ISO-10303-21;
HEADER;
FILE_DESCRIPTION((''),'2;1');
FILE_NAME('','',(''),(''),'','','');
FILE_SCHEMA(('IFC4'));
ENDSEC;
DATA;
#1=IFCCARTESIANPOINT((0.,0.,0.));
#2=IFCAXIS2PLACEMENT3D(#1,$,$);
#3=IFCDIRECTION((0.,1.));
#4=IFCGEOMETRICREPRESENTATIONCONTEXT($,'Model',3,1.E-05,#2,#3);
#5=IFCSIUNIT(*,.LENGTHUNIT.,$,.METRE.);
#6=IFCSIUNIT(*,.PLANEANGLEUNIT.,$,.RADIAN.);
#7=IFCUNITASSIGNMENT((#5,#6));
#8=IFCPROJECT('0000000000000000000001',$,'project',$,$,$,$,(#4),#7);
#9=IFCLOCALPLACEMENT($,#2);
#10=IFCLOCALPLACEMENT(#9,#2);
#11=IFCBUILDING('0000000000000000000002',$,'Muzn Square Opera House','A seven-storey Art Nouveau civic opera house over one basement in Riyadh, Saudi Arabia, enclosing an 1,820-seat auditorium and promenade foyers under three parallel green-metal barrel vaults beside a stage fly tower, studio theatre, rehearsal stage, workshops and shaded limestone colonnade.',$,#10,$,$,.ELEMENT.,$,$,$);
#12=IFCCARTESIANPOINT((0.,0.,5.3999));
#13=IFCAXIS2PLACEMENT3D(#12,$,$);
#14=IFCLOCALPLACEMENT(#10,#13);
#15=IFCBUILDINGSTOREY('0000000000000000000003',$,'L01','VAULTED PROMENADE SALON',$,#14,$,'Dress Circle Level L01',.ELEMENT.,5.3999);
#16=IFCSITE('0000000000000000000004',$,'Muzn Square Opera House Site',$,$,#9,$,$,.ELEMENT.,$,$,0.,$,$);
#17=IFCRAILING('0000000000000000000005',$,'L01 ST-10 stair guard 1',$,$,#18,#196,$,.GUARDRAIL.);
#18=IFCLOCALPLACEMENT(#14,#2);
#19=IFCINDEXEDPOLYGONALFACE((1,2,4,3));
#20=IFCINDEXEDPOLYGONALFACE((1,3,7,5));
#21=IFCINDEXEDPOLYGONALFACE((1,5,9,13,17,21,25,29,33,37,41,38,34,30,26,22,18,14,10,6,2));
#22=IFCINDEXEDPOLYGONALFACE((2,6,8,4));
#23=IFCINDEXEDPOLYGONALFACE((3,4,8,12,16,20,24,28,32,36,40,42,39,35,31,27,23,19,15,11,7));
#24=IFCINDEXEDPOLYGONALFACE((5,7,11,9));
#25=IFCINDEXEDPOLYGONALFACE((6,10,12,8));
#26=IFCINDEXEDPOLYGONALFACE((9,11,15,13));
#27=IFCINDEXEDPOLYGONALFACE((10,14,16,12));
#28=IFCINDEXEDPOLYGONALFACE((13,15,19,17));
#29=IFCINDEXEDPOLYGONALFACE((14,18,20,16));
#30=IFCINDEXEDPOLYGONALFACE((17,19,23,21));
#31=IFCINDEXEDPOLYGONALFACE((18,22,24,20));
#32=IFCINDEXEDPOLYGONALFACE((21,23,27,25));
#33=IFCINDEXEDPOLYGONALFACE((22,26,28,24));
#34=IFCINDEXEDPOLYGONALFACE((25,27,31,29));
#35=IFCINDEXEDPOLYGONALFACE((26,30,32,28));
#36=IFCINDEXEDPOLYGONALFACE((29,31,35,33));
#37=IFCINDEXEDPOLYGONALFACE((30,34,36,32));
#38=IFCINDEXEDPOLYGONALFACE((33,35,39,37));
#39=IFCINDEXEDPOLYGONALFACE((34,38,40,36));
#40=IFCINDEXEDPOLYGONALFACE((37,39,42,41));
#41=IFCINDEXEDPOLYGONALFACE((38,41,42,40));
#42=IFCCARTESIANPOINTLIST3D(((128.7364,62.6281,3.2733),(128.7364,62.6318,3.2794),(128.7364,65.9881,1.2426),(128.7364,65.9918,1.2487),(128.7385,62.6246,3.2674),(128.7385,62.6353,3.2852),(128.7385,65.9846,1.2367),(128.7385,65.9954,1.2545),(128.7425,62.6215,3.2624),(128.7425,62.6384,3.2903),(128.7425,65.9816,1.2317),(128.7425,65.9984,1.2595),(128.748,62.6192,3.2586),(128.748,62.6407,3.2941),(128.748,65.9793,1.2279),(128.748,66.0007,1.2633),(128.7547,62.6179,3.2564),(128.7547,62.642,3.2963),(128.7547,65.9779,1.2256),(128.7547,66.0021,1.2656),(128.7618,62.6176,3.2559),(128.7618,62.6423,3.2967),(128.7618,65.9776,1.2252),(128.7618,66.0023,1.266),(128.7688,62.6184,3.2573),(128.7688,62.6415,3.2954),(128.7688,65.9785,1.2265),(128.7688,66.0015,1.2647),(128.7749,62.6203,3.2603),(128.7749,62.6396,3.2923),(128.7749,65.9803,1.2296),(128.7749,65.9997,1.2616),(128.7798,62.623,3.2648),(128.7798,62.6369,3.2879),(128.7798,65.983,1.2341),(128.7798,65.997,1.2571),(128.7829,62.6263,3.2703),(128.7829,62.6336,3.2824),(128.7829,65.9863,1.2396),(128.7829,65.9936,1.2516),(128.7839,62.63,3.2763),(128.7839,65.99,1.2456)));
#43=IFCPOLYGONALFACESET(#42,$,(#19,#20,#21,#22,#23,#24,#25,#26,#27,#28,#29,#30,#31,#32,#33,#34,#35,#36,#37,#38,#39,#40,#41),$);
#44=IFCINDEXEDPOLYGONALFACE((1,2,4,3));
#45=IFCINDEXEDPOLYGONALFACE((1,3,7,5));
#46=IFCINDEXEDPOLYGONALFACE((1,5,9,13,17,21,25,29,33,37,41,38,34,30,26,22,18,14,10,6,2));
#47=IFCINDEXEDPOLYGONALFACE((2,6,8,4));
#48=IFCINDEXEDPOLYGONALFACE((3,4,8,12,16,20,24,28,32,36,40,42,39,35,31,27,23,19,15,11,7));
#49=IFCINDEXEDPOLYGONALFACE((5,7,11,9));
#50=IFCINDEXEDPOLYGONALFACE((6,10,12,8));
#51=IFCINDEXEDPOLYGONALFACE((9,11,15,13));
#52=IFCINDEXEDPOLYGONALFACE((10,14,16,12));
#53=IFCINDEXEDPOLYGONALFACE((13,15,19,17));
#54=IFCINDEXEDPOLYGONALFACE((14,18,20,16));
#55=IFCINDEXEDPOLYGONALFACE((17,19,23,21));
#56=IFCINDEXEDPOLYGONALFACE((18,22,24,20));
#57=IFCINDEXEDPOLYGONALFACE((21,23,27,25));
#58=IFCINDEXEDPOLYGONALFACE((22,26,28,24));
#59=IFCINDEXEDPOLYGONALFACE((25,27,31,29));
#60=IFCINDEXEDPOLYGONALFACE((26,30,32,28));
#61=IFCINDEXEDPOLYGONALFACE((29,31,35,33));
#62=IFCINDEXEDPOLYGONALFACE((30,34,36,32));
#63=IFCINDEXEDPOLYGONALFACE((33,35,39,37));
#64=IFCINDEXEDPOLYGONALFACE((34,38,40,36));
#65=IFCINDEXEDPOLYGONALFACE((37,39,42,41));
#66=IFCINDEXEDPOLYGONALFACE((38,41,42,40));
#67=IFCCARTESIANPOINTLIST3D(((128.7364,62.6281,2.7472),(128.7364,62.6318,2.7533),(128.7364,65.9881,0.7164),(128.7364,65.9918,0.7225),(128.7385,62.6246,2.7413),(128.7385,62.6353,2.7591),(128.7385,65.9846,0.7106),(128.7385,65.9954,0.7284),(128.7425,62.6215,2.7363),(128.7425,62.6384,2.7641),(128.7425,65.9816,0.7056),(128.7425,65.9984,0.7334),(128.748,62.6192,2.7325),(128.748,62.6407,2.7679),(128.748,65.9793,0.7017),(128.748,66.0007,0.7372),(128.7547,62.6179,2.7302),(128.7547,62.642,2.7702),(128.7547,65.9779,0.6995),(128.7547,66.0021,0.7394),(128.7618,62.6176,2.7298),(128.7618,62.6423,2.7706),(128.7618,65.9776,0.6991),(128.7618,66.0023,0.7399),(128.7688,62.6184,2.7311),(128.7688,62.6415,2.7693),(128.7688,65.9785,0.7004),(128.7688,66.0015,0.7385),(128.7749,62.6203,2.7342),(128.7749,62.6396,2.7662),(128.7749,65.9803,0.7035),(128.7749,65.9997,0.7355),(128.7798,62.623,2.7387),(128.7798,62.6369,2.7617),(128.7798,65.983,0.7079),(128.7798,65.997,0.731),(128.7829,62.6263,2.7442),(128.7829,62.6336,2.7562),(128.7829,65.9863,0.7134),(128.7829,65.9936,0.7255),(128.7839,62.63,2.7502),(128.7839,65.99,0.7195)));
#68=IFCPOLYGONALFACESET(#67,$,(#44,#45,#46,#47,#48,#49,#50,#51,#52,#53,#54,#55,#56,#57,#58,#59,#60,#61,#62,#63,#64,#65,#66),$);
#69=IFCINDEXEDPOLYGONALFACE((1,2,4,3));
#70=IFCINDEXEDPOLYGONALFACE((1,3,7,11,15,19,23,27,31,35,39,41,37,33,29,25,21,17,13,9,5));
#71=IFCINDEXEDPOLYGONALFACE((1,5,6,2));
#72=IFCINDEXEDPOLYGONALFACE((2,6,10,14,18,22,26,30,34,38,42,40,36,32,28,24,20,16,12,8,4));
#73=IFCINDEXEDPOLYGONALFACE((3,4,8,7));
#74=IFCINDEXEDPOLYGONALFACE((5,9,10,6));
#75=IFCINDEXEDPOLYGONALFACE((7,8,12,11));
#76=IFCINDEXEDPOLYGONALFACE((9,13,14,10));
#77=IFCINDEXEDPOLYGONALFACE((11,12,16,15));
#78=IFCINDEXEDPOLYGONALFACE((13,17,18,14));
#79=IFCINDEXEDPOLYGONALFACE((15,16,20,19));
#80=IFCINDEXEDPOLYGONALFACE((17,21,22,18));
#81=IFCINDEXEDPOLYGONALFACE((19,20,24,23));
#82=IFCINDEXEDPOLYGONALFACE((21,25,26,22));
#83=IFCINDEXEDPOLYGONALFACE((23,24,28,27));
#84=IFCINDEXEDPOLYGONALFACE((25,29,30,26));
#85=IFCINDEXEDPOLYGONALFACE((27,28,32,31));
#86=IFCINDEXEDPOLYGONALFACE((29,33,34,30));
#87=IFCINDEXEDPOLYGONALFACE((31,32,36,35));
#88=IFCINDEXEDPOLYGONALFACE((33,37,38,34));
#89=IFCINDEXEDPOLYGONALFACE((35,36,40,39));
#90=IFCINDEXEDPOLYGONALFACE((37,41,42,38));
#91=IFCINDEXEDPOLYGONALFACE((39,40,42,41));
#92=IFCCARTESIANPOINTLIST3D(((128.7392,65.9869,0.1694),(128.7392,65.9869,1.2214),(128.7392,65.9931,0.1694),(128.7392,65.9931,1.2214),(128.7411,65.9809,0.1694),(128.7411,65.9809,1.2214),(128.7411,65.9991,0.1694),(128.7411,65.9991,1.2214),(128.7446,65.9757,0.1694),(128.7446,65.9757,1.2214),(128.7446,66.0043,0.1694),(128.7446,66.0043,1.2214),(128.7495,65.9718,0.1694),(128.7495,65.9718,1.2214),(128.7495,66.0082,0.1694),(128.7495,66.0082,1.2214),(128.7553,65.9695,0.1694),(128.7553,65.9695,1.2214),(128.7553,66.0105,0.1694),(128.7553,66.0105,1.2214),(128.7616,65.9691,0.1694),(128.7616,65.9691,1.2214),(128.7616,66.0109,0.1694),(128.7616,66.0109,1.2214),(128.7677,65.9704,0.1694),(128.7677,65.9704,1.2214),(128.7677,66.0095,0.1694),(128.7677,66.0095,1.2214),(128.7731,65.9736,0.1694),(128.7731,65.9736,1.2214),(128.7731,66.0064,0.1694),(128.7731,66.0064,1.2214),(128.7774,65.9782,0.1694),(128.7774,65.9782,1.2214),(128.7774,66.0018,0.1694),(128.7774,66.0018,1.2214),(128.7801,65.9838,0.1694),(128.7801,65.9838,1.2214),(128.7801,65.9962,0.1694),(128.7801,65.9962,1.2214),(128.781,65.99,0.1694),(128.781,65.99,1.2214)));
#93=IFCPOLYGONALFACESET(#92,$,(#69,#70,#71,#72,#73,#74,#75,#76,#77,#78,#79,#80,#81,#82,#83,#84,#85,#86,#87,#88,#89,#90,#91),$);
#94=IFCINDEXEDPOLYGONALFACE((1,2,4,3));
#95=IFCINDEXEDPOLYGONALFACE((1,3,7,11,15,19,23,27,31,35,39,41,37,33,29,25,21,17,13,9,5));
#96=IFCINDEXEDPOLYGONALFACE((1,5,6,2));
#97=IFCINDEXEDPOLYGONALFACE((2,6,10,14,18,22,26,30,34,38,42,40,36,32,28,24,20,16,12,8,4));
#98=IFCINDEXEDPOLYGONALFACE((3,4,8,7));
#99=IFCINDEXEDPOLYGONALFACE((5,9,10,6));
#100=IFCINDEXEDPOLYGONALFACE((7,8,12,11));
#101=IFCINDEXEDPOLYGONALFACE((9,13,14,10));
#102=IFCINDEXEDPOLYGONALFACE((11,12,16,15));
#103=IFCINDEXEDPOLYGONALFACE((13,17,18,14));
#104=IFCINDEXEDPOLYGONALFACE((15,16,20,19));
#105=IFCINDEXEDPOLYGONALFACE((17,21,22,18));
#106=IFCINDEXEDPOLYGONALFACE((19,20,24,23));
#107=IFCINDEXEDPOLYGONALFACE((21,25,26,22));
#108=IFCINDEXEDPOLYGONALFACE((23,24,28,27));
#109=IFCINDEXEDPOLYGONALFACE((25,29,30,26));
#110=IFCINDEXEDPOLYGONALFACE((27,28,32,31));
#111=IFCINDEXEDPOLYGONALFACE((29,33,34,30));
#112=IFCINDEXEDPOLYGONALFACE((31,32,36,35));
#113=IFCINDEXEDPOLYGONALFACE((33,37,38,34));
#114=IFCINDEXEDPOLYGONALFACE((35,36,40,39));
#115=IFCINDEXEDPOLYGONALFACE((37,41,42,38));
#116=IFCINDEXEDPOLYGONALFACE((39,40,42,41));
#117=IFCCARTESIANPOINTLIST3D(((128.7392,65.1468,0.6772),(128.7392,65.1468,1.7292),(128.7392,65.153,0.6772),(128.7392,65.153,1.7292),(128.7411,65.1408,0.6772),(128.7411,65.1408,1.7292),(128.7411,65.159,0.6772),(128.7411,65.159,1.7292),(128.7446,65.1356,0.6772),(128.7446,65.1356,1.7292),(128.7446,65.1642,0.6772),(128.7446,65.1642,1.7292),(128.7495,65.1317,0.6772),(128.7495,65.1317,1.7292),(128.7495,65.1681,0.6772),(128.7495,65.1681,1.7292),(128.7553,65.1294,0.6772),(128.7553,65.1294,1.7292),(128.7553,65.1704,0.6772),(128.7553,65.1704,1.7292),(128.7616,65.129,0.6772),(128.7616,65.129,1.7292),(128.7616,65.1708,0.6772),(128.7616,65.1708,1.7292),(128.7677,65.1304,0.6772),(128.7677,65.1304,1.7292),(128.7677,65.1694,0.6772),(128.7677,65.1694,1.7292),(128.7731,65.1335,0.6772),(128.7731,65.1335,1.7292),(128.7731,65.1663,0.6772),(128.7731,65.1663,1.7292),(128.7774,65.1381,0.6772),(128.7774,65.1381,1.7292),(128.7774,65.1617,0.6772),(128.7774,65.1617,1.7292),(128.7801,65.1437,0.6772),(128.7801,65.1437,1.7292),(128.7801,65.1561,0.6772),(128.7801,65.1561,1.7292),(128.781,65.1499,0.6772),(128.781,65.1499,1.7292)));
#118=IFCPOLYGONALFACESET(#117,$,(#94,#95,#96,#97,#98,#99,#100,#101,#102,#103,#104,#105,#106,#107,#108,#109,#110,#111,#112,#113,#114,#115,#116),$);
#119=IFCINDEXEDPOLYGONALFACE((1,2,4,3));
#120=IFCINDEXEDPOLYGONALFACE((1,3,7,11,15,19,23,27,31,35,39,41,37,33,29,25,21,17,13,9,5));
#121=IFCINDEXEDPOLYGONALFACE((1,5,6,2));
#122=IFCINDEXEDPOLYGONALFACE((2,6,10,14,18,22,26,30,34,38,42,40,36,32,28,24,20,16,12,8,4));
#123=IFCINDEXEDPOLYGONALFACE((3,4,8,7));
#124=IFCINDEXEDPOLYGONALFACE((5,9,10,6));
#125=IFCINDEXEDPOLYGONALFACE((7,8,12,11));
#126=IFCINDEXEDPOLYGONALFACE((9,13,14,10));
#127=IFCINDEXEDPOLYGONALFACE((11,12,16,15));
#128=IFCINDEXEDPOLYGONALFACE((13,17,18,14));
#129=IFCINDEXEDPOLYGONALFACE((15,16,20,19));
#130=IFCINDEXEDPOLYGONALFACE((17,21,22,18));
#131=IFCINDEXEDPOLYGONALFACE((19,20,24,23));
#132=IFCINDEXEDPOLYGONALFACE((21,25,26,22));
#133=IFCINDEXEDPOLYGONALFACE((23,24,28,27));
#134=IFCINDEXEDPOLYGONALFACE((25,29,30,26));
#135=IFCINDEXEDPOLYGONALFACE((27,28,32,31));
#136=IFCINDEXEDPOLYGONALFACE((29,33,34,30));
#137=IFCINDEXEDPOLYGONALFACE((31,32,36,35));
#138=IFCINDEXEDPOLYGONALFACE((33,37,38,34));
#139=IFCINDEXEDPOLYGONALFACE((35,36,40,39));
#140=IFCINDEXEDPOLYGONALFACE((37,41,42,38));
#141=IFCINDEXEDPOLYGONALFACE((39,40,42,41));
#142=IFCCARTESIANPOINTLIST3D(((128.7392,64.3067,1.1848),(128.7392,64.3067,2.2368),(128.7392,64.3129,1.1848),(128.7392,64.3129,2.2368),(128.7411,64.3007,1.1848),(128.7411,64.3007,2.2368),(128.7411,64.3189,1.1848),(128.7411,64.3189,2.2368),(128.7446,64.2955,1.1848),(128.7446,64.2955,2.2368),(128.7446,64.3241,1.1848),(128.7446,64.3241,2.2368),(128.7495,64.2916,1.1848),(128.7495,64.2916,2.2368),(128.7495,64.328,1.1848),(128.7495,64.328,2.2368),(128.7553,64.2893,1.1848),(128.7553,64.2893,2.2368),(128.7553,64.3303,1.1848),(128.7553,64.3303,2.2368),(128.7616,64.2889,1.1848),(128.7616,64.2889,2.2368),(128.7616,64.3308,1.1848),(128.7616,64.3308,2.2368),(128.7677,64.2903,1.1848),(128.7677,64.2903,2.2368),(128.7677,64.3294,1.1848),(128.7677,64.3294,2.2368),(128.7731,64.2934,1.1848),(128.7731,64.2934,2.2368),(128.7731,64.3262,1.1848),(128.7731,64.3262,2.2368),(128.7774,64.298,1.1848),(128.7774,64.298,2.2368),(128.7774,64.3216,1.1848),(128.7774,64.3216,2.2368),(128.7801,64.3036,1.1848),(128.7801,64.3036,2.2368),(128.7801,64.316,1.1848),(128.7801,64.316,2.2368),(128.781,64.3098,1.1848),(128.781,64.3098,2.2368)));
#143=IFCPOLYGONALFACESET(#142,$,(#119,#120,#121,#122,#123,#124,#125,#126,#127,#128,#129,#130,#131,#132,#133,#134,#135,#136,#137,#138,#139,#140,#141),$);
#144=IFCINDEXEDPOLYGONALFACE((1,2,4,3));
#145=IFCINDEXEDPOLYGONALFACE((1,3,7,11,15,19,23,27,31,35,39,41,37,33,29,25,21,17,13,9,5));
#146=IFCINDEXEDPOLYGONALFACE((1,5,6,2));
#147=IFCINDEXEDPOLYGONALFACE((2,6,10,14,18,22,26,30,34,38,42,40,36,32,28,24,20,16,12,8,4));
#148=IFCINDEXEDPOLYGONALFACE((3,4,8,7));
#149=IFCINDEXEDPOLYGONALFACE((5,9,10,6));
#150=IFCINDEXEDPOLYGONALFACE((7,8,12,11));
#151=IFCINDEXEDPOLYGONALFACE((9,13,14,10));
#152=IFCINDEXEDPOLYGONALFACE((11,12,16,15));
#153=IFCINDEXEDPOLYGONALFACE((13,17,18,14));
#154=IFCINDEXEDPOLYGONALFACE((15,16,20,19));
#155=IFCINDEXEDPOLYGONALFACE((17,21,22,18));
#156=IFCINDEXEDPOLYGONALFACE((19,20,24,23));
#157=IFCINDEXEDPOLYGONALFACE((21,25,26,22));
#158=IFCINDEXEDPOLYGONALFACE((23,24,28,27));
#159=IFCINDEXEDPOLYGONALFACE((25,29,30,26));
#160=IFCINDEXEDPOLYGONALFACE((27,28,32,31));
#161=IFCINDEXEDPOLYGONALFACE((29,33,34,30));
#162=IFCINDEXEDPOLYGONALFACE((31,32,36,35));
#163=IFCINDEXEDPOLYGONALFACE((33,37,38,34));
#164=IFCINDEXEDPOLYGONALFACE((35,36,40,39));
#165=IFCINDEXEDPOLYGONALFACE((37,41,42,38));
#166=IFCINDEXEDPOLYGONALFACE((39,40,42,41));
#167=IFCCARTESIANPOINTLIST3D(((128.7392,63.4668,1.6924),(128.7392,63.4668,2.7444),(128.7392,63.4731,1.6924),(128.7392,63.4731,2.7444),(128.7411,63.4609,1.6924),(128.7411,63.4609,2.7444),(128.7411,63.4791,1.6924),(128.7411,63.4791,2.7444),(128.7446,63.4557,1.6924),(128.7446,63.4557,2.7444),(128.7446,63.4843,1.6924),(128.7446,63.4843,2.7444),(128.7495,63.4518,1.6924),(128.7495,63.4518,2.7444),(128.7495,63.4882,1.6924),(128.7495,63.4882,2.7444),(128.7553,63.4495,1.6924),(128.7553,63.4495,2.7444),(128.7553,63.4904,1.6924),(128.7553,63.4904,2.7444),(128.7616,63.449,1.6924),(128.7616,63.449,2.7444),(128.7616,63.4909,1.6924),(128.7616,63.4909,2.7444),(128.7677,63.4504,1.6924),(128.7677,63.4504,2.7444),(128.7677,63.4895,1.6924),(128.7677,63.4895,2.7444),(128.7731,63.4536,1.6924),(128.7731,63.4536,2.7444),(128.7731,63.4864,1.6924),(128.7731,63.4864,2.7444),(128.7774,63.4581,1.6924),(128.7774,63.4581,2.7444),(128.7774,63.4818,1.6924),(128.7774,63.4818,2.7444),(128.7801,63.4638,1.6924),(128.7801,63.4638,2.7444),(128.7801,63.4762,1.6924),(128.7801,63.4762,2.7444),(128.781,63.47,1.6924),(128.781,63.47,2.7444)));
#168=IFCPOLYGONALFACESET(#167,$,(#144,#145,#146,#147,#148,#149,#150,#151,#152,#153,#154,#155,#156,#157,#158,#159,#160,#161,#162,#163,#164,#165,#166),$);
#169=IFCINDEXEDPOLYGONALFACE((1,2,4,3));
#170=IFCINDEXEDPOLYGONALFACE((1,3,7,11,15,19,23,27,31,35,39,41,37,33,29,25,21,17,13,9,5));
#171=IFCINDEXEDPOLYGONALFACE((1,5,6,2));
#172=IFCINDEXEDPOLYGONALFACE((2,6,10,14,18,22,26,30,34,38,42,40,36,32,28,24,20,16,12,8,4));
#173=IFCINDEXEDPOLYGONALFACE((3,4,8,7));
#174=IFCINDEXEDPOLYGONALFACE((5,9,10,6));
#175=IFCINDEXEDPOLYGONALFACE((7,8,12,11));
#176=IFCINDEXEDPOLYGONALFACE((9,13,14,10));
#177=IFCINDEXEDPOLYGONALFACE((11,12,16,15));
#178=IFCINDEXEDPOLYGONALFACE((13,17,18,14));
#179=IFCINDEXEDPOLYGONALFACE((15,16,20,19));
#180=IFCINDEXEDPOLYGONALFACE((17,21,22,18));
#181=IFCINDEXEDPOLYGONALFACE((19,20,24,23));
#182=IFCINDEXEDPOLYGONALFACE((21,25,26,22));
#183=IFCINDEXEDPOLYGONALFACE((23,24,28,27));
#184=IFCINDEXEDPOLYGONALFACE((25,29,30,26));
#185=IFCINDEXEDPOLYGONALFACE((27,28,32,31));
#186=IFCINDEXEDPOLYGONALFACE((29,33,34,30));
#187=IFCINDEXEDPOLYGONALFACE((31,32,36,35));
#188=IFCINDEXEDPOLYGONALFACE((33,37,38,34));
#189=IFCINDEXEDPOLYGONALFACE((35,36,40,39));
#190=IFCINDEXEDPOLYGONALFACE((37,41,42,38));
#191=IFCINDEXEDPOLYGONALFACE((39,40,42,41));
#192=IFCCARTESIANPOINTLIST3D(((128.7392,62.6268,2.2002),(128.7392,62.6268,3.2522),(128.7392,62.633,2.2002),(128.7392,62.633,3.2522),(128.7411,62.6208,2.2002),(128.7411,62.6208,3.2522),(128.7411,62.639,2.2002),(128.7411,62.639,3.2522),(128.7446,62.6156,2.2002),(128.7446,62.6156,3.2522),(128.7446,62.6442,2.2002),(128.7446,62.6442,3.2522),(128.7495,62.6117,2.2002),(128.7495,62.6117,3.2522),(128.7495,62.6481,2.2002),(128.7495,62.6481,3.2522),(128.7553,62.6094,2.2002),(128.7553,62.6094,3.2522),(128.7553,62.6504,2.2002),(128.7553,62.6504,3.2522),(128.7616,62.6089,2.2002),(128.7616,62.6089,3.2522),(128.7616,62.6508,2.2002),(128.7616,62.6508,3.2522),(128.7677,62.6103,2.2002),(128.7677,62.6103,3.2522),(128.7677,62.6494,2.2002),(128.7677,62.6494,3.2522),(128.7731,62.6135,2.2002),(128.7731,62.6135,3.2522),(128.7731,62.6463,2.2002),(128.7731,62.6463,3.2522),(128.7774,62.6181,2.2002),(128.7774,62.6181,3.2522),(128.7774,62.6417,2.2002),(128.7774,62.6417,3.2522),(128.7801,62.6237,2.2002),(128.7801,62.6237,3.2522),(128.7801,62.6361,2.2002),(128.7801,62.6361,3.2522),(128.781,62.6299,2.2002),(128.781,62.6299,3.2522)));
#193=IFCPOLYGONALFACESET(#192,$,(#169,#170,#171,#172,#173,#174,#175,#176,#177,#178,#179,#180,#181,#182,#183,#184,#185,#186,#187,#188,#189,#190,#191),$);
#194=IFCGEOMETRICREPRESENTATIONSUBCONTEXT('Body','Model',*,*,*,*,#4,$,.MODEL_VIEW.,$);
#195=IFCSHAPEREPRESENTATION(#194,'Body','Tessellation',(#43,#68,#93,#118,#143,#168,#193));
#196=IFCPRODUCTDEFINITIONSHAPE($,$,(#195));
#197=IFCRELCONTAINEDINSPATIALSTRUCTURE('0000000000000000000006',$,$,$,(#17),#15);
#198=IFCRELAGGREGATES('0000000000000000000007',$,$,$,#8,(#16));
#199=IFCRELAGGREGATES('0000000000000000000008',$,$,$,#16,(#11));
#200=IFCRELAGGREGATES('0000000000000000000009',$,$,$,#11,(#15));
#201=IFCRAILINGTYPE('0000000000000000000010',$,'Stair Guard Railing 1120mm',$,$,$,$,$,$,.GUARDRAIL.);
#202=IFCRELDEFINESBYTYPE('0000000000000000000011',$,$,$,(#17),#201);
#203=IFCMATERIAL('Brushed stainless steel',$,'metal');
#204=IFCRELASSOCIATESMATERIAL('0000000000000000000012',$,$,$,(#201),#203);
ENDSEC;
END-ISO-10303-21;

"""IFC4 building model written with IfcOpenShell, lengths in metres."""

from ifc_helpers import new_model, si_unit, direction, frame, origin, origin_2d, place, context, subcontext, project, spatial, circle, extrude, material, type_object, element, save


model = new_model("IFC4")

# Units and contexts
model_context = context("Model", 3, precision=1e-05, world=origin(), true_north=direction((0.0, 1.0)))
body_context = subcontext(model_context, "Body", "Model", "MODEL_VIEW")
ifc_project = project(units=[si_unit("LENGTHUNIT", "METRE"), si_unit("PLANEANGLEUNIT", "RADIAN")], contexts=[model_context])

# Site, building, storey
site_placement = place(None, origin())
site = spatial("IfcSite", under=ifc_project, at=site_placement, Name="Muzn Square Opera House Site", CompositionType="ELEMENT", RefElevation=0.0)
building_placement = place(site_placement, origin())
building = spatial("IfcBuilding", under=site, at=building_placement, Name="Muzn Square Opera House", Description="A seven-storey Art Nouveau civic opera house over one basement in Riyadh, Saudi Arabia, enclosing an 1,820-seat auditorium and promenade foyers under three parallel green-metal barrel vaults beside a stage fly tower, studio theatre, rehearsal stage, workshops and shaded limestone colonnade.", CompositionType="ELEMENT")
storey_placement = place(building_placement, frame((0.0, 0.0, 5.3999)))
storey = spatial("IfcBuildingStorey", under=building, at=storey_placement, Name="L01", Description="VAULTED PROMENADE SALON", LongName="Dress Circle Level L01", CompositionType="ELEMENT", Elevation=5.3999)

# Railing
ifc_material_1 = material(Name="Brushed stainless steel", Category="metal")
railing_type_1 = type_object("IfcRailingType", Name="Stair Guard Railing 1120mm", PredefinedType="GUARDRAIL", material=ifc_material_1)
railing_1_placement = place(storey_placement, frame((128.76, 65.99, 0.1694)))
element("IfcRailing", 1, at=railing_1_placement, inside=storey, type_object=railing_type_1, Name="L01 ST-10 stair guard 1", PredefinedType="GUARDRAIL", context=body_context, shape_type="SweptSolid", body=[
    extrude(circle(Radius=0.0239, at=origin_2d()), frame((0.0, 0.0, 1.0762), z_axis=(0.0, -0.855837, 0.517246), x_axis=(1.0, 0.0, 0.0)), (0.0, 0.0, 1.0), 3.926),
    extrude(circle(Radius=0.0239, at=origin_2d()), frame((0.0, 0.0, 0.55), z_axis=(0.0, -0.855837, 0.517246), x_axis=(1.0, 0.0, 0.0)), (0.0, 0.0, 1.0), 3.926),
    extrude(circle(Radius=0.021, at=origin_2d()), origin(), (0.0, 0.0, 1.0), 1.052),
    extrude(circle(Radius=0.021, at=origin_2d()), frame((0.0, -0.8401, 0.5078)), (0.0, 0.0, 1.0), 1.052),
    extrude(circle(Radius=0.021, at=origin_2d()), frame((0.0, -1.6802, 1.0154)), (0.0, 0.0, 1.0), 1.052),
    extrude(circle(Radius=0.021, at=origin_2d()), frame((0.0, -2.52, 1.5229)), (0.0, 0.0, 1.0), 1.052),
    extrude(circle(Radius=0.021, at=origin_2d()), frame((0.0, -3.3601, 2.0308)), (0.0, 0.0, 1.0), 1.052),
])

save(model, "model.ifc")
